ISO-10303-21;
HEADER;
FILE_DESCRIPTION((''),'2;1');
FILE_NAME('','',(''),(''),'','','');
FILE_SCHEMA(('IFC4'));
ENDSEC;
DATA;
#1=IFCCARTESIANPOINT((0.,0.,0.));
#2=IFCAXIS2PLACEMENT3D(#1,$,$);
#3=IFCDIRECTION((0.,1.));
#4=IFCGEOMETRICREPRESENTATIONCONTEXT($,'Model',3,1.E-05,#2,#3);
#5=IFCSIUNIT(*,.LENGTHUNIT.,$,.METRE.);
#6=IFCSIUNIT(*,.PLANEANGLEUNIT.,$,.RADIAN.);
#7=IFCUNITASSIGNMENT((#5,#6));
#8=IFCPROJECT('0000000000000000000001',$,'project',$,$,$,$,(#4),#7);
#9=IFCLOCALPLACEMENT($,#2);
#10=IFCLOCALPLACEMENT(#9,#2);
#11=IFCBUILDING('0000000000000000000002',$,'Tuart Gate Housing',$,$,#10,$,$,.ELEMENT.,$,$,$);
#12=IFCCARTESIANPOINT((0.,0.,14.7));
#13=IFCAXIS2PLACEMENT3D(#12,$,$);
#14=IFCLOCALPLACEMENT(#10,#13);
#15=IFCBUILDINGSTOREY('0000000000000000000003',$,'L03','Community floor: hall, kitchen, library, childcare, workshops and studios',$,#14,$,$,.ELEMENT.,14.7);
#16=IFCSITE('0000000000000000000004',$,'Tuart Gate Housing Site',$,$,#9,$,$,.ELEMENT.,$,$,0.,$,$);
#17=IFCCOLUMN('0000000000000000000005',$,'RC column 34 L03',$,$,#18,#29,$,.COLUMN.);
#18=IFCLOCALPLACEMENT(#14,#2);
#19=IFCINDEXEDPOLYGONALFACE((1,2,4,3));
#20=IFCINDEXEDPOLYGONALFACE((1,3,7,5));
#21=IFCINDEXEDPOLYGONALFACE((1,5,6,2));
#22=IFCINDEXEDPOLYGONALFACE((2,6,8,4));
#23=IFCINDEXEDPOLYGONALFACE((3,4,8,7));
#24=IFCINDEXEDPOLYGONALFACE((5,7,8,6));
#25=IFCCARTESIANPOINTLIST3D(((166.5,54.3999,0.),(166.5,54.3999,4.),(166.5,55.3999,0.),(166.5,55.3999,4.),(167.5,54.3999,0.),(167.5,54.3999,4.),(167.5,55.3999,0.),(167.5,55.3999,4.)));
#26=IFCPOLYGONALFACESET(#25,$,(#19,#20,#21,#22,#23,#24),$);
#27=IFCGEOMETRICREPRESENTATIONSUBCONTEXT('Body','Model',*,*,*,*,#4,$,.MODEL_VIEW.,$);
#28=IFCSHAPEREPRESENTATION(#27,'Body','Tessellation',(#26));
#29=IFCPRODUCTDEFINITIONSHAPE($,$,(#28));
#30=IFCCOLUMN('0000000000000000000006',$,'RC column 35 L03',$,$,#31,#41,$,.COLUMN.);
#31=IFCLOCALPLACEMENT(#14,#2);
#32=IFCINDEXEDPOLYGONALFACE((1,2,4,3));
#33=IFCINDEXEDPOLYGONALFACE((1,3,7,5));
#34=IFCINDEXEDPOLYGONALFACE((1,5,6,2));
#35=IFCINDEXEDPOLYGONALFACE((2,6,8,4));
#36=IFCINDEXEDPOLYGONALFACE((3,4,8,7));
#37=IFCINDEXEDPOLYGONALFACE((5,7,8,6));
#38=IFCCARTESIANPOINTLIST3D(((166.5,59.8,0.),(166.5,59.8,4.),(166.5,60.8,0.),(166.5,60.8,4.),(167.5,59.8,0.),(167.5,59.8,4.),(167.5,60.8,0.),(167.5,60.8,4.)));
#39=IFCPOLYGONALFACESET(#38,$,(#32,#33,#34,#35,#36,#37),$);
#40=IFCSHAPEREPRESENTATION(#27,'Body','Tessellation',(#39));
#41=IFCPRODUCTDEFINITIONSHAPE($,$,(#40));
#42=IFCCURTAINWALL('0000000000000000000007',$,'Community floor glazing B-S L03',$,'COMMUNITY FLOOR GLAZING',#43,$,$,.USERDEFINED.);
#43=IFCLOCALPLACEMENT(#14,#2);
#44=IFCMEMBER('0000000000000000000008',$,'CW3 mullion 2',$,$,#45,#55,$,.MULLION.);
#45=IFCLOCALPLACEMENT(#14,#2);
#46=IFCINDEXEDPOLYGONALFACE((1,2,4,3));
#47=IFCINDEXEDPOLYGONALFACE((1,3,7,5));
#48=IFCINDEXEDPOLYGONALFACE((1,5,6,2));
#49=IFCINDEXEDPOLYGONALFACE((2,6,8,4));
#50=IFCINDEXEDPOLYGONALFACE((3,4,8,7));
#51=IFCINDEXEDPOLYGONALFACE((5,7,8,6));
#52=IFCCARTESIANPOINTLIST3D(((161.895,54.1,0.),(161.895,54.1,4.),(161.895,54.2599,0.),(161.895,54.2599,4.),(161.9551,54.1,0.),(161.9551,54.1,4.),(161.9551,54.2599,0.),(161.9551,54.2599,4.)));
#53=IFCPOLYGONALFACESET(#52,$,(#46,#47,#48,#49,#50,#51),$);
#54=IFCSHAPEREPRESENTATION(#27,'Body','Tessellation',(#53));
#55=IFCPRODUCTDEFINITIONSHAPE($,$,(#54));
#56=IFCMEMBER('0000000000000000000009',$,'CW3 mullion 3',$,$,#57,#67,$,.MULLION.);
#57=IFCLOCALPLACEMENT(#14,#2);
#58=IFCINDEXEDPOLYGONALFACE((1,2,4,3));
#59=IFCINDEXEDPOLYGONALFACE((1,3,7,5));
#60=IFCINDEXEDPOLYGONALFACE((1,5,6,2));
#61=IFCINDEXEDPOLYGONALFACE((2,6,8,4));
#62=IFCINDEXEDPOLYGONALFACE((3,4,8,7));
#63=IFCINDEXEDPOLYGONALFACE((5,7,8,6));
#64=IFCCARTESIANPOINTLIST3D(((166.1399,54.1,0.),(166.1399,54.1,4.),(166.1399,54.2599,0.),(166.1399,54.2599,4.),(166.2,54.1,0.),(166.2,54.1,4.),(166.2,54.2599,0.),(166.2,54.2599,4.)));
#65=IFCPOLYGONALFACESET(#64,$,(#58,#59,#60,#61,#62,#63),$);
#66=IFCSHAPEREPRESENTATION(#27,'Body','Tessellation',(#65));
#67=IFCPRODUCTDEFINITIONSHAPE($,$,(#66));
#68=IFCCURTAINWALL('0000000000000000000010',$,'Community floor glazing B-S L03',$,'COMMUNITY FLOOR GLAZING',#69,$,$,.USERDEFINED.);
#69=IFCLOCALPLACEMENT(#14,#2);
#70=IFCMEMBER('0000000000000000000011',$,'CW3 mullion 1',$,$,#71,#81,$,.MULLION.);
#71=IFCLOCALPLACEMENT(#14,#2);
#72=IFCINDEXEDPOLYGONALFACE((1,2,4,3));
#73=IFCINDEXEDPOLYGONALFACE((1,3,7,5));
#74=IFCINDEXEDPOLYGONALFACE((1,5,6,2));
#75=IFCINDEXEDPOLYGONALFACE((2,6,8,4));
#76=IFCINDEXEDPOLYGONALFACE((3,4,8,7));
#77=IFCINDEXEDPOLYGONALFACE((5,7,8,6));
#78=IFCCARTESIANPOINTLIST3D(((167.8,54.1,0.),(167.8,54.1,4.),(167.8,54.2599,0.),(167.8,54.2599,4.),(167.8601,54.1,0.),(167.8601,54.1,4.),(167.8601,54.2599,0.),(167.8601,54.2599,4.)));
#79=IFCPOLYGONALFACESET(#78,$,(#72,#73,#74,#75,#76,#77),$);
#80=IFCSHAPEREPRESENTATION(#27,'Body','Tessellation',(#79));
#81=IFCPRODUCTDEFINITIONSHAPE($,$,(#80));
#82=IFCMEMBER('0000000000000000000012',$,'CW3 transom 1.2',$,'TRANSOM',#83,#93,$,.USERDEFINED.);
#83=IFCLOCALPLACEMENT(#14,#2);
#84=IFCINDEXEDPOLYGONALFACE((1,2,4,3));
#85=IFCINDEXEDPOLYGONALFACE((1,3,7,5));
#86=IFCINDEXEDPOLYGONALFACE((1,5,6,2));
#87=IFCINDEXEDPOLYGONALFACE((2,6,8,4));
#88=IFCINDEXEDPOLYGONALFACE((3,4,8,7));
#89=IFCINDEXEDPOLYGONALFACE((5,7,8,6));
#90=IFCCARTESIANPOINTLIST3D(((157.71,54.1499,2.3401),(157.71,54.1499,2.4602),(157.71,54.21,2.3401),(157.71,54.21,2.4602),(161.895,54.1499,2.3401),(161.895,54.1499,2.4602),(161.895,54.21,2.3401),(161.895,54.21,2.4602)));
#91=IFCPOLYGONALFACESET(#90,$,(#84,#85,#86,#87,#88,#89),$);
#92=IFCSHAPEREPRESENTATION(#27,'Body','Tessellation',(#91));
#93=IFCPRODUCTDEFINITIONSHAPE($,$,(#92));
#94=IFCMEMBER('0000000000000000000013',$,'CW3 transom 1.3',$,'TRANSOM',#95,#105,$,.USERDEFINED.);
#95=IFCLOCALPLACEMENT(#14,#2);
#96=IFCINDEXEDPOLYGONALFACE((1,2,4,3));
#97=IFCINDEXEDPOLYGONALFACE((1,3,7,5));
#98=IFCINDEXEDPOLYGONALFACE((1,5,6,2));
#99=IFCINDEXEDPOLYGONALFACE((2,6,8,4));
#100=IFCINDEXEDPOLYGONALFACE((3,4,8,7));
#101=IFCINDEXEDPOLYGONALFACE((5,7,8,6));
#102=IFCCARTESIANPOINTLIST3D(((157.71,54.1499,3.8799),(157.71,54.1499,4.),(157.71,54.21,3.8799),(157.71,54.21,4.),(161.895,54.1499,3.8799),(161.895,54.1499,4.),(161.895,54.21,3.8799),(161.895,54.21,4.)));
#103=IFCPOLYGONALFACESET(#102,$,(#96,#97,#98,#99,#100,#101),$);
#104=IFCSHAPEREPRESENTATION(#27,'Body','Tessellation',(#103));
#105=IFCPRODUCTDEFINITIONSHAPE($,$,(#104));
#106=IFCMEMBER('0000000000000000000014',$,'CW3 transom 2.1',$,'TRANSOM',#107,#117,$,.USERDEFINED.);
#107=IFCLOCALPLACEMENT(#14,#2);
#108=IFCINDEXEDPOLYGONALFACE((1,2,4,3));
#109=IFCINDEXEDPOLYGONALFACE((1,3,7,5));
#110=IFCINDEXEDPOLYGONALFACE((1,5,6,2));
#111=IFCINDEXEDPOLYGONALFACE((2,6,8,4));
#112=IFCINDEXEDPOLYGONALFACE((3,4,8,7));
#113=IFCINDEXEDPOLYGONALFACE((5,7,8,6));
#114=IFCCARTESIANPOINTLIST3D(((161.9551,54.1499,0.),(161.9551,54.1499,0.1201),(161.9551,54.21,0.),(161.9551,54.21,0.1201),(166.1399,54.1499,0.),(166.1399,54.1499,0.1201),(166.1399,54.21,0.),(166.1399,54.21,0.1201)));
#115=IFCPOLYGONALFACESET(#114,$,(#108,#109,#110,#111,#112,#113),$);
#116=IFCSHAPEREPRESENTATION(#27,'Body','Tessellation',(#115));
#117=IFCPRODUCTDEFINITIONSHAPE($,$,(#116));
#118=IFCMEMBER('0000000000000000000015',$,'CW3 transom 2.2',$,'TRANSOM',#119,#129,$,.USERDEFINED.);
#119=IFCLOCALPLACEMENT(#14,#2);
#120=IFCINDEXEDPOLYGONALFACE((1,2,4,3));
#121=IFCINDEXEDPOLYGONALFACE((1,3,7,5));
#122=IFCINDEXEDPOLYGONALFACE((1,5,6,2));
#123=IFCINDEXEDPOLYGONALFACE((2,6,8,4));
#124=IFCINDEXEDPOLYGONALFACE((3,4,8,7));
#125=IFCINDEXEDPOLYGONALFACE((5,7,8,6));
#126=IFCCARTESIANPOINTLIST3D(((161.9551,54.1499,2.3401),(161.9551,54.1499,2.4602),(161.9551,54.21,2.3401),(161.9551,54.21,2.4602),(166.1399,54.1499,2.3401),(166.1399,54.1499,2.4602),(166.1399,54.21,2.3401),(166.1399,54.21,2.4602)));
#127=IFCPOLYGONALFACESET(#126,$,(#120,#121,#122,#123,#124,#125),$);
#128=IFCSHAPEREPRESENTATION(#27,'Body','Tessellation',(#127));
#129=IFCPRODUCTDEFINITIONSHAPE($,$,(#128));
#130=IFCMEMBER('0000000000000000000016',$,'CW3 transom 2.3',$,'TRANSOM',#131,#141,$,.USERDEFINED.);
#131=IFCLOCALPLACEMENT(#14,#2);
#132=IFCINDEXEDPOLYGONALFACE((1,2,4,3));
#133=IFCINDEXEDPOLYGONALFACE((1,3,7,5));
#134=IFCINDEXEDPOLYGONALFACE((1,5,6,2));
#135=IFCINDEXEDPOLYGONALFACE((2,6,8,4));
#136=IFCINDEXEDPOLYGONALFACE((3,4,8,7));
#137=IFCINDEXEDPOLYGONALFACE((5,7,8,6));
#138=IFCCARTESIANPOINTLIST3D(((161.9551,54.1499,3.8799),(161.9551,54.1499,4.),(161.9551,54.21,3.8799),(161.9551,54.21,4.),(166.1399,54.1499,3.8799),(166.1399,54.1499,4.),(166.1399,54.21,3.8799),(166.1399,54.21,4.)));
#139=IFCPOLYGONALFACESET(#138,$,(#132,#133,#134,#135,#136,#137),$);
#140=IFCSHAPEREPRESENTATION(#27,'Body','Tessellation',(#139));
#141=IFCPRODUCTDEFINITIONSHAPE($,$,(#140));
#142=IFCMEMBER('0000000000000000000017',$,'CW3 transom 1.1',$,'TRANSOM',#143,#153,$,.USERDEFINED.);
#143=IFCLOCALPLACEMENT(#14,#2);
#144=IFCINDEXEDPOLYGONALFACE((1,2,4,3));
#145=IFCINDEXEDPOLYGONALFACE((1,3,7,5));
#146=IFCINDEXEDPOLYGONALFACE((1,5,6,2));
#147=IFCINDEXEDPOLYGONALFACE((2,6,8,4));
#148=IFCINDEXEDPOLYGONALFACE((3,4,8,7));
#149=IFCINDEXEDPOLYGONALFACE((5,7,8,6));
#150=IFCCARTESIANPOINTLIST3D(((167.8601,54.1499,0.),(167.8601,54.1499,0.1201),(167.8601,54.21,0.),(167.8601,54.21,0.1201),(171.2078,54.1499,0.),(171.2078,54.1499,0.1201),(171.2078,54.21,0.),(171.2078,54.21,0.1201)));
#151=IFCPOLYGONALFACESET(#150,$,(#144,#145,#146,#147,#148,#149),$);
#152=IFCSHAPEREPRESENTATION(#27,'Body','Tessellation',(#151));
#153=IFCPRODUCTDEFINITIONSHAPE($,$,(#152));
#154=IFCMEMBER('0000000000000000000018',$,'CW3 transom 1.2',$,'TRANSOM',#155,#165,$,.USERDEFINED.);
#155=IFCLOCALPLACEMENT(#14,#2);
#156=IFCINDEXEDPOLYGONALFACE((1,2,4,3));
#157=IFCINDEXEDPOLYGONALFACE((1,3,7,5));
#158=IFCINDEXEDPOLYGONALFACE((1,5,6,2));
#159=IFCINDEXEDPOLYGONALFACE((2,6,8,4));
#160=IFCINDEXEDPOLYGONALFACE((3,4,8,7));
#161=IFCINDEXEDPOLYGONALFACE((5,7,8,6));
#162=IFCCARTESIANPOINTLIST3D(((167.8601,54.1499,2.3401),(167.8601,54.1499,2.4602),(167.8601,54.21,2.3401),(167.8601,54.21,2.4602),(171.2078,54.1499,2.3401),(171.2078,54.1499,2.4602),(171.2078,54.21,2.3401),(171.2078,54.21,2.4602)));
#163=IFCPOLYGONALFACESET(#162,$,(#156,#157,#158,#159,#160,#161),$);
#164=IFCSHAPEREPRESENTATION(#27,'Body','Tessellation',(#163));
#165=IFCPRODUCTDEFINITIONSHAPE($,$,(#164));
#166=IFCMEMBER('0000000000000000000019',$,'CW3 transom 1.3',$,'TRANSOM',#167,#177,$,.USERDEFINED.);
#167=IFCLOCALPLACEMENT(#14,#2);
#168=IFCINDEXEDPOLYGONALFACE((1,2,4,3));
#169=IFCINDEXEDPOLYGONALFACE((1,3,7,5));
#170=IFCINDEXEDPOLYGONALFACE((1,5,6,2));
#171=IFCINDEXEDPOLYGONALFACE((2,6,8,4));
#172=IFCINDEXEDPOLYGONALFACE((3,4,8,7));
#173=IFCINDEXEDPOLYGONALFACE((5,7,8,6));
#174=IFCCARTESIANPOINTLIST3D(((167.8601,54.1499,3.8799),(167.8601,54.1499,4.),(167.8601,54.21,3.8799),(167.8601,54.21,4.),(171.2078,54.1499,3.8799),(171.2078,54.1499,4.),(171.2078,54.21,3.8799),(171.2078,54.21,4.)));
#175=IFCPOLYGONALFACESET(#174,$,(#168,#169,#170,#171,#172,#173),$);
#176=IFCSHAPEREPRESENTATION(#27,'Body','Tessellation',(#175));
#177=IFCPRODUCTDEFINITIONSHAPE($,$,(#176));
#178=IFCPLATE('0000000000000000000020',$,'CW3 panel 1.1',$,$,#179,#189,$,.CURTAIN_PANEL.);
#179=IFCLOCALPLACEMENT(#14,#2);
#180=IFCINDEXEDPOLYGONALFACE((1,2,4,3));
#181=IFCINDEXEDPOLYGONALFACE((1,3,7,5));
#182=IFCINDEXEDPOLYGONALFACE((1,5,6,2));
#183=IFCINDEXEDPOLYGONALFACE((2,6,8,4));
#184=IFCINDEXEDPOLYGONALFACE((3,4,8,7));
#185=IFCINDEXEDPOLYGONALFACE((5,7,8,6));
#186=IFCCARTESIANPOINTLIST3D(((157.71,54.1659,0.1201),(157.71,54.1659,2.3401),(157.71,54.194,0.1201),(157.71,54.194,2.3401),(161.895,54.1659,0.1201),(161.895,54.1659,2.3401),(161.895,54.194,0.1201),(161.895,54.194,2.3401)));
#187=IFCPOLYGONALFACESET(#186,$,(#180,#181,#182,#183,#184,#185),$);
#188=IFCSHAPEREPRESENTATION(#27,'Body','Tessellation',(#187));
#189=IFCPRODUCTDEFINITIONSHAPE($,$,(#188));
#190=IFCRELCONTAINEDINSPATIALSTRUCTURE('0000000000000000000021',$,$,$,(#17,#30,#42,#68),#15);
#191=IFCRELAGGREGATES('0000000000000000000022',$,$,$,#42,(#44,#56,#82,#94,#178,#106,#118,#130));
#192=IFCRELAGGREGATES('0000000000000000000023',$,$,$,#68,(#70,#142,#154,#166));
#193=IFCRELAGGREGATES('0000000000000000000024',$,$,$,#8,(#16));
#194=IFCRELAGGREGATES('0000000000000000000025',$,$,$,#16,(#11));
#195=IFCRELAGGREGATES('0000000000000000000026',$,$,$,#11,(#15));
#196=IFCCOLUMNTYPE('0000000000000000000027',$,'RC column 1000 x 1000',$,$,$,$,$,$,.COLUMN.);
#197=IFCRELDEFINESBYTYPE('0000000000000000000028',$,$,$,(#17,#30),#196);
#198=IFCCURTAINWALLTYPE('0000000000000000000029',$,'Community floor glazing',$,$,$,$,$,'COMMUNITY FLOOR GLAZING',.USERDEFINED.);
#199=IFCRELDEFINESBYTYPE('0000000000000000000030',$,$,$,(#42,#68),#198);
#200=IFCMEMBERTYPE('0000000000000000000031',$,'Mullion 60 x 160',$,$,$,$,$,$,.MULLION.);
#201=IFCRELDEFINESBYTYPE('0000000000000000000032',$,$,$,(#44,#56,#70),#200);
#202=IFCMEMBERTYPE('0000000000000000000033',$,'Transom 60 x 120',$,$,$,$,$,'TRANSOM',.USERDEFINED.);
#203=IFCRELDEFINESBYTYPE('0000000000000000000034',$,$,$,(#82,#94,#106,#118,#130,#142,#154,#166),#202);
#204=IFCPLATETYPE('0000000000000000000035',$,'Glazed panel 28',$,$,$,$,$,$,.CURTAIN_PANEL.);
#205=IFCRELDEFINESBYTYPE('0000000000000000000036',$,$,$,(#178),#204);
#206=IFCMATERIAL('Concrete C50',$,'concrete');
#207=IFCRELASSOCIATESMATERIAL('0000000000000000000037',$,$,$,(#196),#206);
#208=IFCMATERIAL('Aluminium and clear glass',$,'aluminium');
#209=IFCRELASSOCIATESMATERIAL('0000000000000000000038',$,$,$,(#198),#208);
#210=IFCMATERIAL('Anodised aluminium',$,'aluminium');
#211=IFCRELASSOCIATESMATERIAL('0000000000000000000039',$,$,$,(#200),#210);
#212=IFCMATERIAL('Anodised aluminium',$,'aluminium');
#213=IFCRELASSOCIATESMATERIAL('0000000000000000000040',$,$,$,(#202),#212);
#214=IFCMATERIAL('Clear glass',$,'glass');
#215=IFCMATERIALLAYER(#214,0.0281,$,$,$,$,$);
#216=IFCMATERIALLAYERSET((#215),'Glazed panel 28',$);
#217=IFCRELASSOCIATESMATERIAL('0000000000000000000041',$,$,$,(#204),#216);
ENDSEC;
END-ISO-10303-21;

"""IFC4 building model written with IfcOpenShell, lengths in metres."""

from ifc_helpers import new_model, si_unit, direction, frame, origin, origin_2d, place, context, subcontext, project, spatial, rectangle, extrude, material, layer, layer_set, material_profile, profile_set, type_object, element, aggregate, save


model = new_model("IFC4")

# Units and contexts
model_context = context("Model", 3, precision=1e-05, world=origin(), true_north=direction((0.0, 1.0)))
body_context = subcontext(model_context, "Body", "Model", "MODEL_VIEW")
ifc_project = project(units=[si_unit("LENGTHUNIT", "METRE"), si_unit("PLANEANGLEUNIT", "RADIAN")], contexts=[model_context])

# Site, building, storey
site_placement = place(None, origin())
site = spatial("IfcSite", under=ifc_project, at=site_placement, Name="Tuart Gate Housing Site", CompositionType="ELEMENT", RefElevation=0.0)
building_placement = place(site_placement, origin())
building = spatial("IfcBuilding", under=site, at=building_placement, Name="Tuart Gate Housing", CompositionType="ELEMENT")
storey_placement = place(building_placement, frame((0.0, 0.0, 14.7)))
storey = spatial("IfcBuildingStorey", under=building, at=storey_placement, Name="L03", Description="Community floor: hall, kitchen, library, childcare, workshops and studios", CompositionType="ELEMENT", Elevation=14.7)

# Columns
ifc_material_1 = material(Name="Concrete C50", Category="concrete")
ifc_material_profile_1 = material_profile(ifc_material_1, rectangle(XDim=1.0, YDim=1.0, at=origin_2d()), Name="RC column 1000 x 1000")
ifc_profile_set_1 = profile_set([ifc_material_profile_1], Name="Concrete C50")
column_type = type_object("IfcColumnType", Name="RC column 1000 x 1000", PredefinedType="COLUMN", material=ifc_profile_set_1)
for number, where, z_axis, x_axis, name in (
    (1, (167.0, 54.8999, 0.0), (0.0, 0.0, 1.0), (1.0, 0.0, 0.0), "RC column 34 L03"),
    (2, (167.0, 60.3, 0.0), (0.0, 0.0, 1.0), (1.0, 0.0, 0.0), "RC column 35 L03"),
):
    element("IfcColumn", number, at=place(storey_placement, frame(where, z_axis=z_axis, x_axis=x_axis)), inside=storey, type_object=column_type, Name=name, PredefinedType="COLUMN", context=body_context, shape_type="SweptSolid", body=[
        extrude(rectangle(XDim=1.0, YDim=1.0, at=origin_2d()), origin(), (0.0, 0.0, 1.0), 4.0),
    ])

# Curtain wall, members
ifc_material_2 = material(Name="Aluminium and clear glass", Category="aluminium")
curtain_wall_type = type_object("IfcCurtainWallType", Name="Community floor glazing", ElementType="COMMUNITY FLOOR GLAZING", PredefinedType="USERDEFINED", material=ifc_material_2)
curtain_wall_1_placement = place(storey_placement, origin())
curtain_wall_1 = element("IfcCurtainWall", 3, at=curtain_wall_1_placement, inside=storey, type_object=curtain_wall_type, Name="Community floor glazing B-S L03", ObjectType="COMMUNITY FLOOR GLAZING", PredefinedType="USERDEFINED")
ifc_material_3 = material(Name="Anodised aluminium", Category="aluminium")
ifc_material_profile_2 = material_profile(ifc_material_3, rectangle(XDim=0.0601, YDim=0.1599, at=origin_2d()), Name="60x160")
ifc_profile_set_2 = profile_set([ifc_material_profile_2], Name="Anodised aluminium")
member_type_1 = type_object("IfcMemberType", Name="Mullion 60 x 160", PredefinedType="MULLION", material=ifc_profile_set_2)
member_1_placement = place(storey_placement, frame((161.925, 54.1799, 0.0), z_axis=(0.0, 0.0, 1.0), x_axis=(1.0, 0.0, 0.0)))
member_1 = element("IfcMember", 4, at=member_1_placement, type_object=member_type_1, Name="CW3 mullion 2", PredefinedType="MULLION", context=body_context, shape_type="SweptSolid", body=[
    extrude(rectangle(XDim=0.0601, YDim=0.1599, at=origin_2d()), origin(), (0.0, 0.0, 1.0), 4.0),
])
member_2_placement = place(storey_placement, frame((166.1699, 54.1799, 0.0), z_axis=(0.0, 0.0, 1.0), x_axis=(1.0, 0.0, 0.0)))
member_2 = element("IfcMember", 5, at=member_2_placement, type_object=member_type_1, Name="CW3 mullion 3", PredefinedType="MULLION", context=body_context, shape_type="SweptSolid", body=[
    extrude(rectangle(XDim=0.0601, YDim=0.1599, at=origin_2d()), origin(), (0.0, 0.0, 1.0), 4.0),
])

# Curtain wall, member
curtain_wall_2_placement = place(storey_placement, origin())
curtain_wall_2 = element("IfcCurtainWall", 6, at=curtain_wall_2_placement, inside=storey, type_object=curtain_wall_type, Name="Community floor glazing B-S L03", ObjectType="COMMUNITY FLOOR GLAZING", PredefinedType="USERDEFINED")
member_3_placement = place(storey_placement, frame((167.8301, 54.1799, 0.0), z_axis=(0.0, 0.0, 1.0), x_axis=(1.0, 0.0, 0.0)))
member_3 = element("IfcMember", 7, at=member_3_placement, type_object=member_type_1, Name="CW3 mullion 1", PredefinedType="MULLION", context=body_context, shape_type="SweptSolid", body=[
    extrude(rectangle(XDim=0.0601, YDim=0.1599, at=origin_2d()), origin(), (0.0, 0.0, 1.0), 4.0),
])

# Members
ifc_material_4 = material(Name="Anodised aluminium", Category="aluminium")
ifc_material_profile_3 = material_profile(ifc_material_4, rectangle(XDim=0.0601, YDim=0.1201, at=origin_2d()), Name="60x120")
ifc_profile_set_3 = profile_set([ifc_material_profile_3], Name="Anodised aluminium")
member_type_2 = type_object("IfcMemberType", Name="Transom 60 x 120", ElementType="TRANSOM", PredefinedType="USERDEFINED", material=ifc_profile_set_3)
member_4_placement = place(storey_placement, frame((157.71, 54.1799, 2.4001), z_axis=(1.0, 0.0, 0.0), x_axis=(0.0, 1.0, 0.0)))
member_4 = element("IfcMember", 8, at=member_4_placement, type_object=member_type_2, Name="CW3 transom 1.2", ObjectType="TRANSOM", PredefinedType="USERDEFINED", context=body_context, shape_type="SweptSolid", body=[
    extrude(rectangle(XDim=0.0601, YDim=0.1201, at=origin_2d()), origin(), (0.0, 0.0, 1.0), 4.1851),
])
member_5_placement = place(storey_placement, frame((157.71, 54.1799, 3.9399), z_axis=(1.0, 0.0, 0.0), x_axis=(0.0, 1.0, 0.0)))
member_5 = element("IfcMember", 9, at=member_5_placement, type_object=member_type_2, Name="CW3 transom 1.3", ObjectType="TRANSOM", PredefinedType="USERDEFINED", context=body_context, shape_type="SweptSolid", body=[
    extrude(rectangle(XDim=0.0601, YDim=0.1201, at=origin_2d()), origin(), (0.0, 0.0, 1.0), 4.1851),
])
member_6_placement = place(storey_placement, frame((161.9551, 54.1799, 0.0601), z_axis=(1.0, 0.0, 0.0), x_axis=(0.0, 1.0, 0.0)))
member_6 = element("IfcMember", 10, at=member_6_placement, type_object=member_type_2, Name="CW3 transom 2.1", ObjectType="TRANSOM", PredefinedType="USERDEFINED", context=body_context, shape_type="SweptSolid", body=[
    extrude(rectangle(XDim=0.0601, YDim=0.1201, at=origin_2d()), origin(), (0.0, 0.0, 1.0), 4.1848),
])
member_7_placement = place(storey_placement, frame((161.9551, 54.1799, 2.4001), z_axis=(1.0, 0.0, 0.0), x_axis=(0.0, 1.0, 0.0)))
member_7 = element("IfcMember", 11, at=member_7_placement, type_object=member_type_2, Name="CW3 transom 2.2", ObjectType="TRANSOM", PredefinedType="USERDEFINED", context=body_context, shape_type="SweptSolid", body=[
    extrude(rectangle(XDim=0.0601, YDim=0.1201, at=origin_2d()), origin(), (0.0, 0.0, 1.0), 4.1848),
])
member_8_placement = place(storey_placement, frame((161.9551, 54.1799, 3.9399), z_axis=(1.0, 0.0, 0.0), x_axis=(0.0, 1.0, 0.0)))
member_8 = element("IfcMember", 12, at=member_8_placement, type_object=member_type_2, Name="CW3 transom 2.3", ObjectType="TRANSOM", PredefinedType="USERDEFINED", context=body_context, shape_type="SweptSolid", body=[
    extrude(rectangle(XDim=0.0601, YDim=0.1201, at=origin_2d()), origin(), (0.0, 0.0, 1.0), 4.1848),
])
member_9_placement = place(storey_placement, frame((167.8601, 54.1799, 0.0601), z_axis=(1.0, 0.0, 0.0), x_axis=(0.0, 1.0, 0.0)))
member_9 = element("IfcMember", 13, at=member_9_placement, type_object=member_type_2, Name="CW3 transom 1.1", ObjectType="TRANSOM", PredefinedType="USERDEFINED", context=body_context, shape_type="SweptSolid", body=[
    extrude(rectangle(XDim=0.0601, YDim=0.1201, at=origin_2d()), origin(), (0.0, 0.0, 1.0), 3.3477),
])
member_10_placement = place(storey_placement, frame((167.8601, 54.1799, 2.4001), z_axis=(1.0, 0.0, 0.0), x_axis=(0.0, 1.0, 0.0)))
member_10 = element("IfcMember", 14, at=member_10_placement, type_object=member_type_2, Name="CW3 transom 1.2", ObjectType="TRANSOM", PredefinedType="USERDEFINED", context=body_context, shape_type="SweptSolid", body=[
    extrude(rectangle(XDim=0.0601, YDim=0.1201, at=origin_2d()), origin(), (0.0, 0.0, 1.0), 3.3477),
])
member_11_placement = place(storey_placement, frame((167.8601, 54.1799, 3.9399), z_axis=(1.0, 0.0, 0.0), x_axis=(0.0, 1.0, 0.0)))
member_11 = element("IfcMember", 15, at=member_11_placement, type_object=member_type_2, Name="CW3 transom 1.3", ObjectType="TRANSOM", PredefinedType="USERDEFINED", context=body_context, shape_type="SweptSolid", body=[
    extrude(rectangle(XDim=0.0601, YDim=0.1201, at=origin_2d()), origin(), (0.0, 0.0, 1.0), 3.3477),
])

# Plate
ifc_material_5 = material(Name="Clear glass", Category="glass")
ifc_layer_1 = layer(ifc_material_5, 0.0281)
ifc_layer_set_1 = layer_set([ifc_layer_1], Name="Glazed panel 28")
plate_type = type_object("IfcPlateType", Name="Glazed panel 28", PredefinedType="CURTAIN_PANEL", material=ifc_layer_set_1)
plate_1_placement = place(storey_placement, frame((159.8025, 54.1799, 0.1201), z_axis=(0.0, 0.0, 1.0), x_axis=(1.0, 0.0, 0.0)))
plate_1 = element("IfcPlate", 16, at=plate_1_placement, type_object=plate_type, Name="CW3 panel 1.1", PredefinedType="CURTAIN_PANEL", context=body_context, shape_type="SweptSolid", body=[
    extrude(rectangle(XDim=4.1851, YDim=0.0281, at=origin_2d()), origin(), (0.0, 0.0, 1.0), 2.22),
])
aggregate(curtain_wall_1, [member_1, member_2, member_4, member_5, plate_1, member_6, member_7, member_8])
aggregate(curtain_wall_2, [member_3, member_9, member_10, member_11])

save(model, "model.ifc")
